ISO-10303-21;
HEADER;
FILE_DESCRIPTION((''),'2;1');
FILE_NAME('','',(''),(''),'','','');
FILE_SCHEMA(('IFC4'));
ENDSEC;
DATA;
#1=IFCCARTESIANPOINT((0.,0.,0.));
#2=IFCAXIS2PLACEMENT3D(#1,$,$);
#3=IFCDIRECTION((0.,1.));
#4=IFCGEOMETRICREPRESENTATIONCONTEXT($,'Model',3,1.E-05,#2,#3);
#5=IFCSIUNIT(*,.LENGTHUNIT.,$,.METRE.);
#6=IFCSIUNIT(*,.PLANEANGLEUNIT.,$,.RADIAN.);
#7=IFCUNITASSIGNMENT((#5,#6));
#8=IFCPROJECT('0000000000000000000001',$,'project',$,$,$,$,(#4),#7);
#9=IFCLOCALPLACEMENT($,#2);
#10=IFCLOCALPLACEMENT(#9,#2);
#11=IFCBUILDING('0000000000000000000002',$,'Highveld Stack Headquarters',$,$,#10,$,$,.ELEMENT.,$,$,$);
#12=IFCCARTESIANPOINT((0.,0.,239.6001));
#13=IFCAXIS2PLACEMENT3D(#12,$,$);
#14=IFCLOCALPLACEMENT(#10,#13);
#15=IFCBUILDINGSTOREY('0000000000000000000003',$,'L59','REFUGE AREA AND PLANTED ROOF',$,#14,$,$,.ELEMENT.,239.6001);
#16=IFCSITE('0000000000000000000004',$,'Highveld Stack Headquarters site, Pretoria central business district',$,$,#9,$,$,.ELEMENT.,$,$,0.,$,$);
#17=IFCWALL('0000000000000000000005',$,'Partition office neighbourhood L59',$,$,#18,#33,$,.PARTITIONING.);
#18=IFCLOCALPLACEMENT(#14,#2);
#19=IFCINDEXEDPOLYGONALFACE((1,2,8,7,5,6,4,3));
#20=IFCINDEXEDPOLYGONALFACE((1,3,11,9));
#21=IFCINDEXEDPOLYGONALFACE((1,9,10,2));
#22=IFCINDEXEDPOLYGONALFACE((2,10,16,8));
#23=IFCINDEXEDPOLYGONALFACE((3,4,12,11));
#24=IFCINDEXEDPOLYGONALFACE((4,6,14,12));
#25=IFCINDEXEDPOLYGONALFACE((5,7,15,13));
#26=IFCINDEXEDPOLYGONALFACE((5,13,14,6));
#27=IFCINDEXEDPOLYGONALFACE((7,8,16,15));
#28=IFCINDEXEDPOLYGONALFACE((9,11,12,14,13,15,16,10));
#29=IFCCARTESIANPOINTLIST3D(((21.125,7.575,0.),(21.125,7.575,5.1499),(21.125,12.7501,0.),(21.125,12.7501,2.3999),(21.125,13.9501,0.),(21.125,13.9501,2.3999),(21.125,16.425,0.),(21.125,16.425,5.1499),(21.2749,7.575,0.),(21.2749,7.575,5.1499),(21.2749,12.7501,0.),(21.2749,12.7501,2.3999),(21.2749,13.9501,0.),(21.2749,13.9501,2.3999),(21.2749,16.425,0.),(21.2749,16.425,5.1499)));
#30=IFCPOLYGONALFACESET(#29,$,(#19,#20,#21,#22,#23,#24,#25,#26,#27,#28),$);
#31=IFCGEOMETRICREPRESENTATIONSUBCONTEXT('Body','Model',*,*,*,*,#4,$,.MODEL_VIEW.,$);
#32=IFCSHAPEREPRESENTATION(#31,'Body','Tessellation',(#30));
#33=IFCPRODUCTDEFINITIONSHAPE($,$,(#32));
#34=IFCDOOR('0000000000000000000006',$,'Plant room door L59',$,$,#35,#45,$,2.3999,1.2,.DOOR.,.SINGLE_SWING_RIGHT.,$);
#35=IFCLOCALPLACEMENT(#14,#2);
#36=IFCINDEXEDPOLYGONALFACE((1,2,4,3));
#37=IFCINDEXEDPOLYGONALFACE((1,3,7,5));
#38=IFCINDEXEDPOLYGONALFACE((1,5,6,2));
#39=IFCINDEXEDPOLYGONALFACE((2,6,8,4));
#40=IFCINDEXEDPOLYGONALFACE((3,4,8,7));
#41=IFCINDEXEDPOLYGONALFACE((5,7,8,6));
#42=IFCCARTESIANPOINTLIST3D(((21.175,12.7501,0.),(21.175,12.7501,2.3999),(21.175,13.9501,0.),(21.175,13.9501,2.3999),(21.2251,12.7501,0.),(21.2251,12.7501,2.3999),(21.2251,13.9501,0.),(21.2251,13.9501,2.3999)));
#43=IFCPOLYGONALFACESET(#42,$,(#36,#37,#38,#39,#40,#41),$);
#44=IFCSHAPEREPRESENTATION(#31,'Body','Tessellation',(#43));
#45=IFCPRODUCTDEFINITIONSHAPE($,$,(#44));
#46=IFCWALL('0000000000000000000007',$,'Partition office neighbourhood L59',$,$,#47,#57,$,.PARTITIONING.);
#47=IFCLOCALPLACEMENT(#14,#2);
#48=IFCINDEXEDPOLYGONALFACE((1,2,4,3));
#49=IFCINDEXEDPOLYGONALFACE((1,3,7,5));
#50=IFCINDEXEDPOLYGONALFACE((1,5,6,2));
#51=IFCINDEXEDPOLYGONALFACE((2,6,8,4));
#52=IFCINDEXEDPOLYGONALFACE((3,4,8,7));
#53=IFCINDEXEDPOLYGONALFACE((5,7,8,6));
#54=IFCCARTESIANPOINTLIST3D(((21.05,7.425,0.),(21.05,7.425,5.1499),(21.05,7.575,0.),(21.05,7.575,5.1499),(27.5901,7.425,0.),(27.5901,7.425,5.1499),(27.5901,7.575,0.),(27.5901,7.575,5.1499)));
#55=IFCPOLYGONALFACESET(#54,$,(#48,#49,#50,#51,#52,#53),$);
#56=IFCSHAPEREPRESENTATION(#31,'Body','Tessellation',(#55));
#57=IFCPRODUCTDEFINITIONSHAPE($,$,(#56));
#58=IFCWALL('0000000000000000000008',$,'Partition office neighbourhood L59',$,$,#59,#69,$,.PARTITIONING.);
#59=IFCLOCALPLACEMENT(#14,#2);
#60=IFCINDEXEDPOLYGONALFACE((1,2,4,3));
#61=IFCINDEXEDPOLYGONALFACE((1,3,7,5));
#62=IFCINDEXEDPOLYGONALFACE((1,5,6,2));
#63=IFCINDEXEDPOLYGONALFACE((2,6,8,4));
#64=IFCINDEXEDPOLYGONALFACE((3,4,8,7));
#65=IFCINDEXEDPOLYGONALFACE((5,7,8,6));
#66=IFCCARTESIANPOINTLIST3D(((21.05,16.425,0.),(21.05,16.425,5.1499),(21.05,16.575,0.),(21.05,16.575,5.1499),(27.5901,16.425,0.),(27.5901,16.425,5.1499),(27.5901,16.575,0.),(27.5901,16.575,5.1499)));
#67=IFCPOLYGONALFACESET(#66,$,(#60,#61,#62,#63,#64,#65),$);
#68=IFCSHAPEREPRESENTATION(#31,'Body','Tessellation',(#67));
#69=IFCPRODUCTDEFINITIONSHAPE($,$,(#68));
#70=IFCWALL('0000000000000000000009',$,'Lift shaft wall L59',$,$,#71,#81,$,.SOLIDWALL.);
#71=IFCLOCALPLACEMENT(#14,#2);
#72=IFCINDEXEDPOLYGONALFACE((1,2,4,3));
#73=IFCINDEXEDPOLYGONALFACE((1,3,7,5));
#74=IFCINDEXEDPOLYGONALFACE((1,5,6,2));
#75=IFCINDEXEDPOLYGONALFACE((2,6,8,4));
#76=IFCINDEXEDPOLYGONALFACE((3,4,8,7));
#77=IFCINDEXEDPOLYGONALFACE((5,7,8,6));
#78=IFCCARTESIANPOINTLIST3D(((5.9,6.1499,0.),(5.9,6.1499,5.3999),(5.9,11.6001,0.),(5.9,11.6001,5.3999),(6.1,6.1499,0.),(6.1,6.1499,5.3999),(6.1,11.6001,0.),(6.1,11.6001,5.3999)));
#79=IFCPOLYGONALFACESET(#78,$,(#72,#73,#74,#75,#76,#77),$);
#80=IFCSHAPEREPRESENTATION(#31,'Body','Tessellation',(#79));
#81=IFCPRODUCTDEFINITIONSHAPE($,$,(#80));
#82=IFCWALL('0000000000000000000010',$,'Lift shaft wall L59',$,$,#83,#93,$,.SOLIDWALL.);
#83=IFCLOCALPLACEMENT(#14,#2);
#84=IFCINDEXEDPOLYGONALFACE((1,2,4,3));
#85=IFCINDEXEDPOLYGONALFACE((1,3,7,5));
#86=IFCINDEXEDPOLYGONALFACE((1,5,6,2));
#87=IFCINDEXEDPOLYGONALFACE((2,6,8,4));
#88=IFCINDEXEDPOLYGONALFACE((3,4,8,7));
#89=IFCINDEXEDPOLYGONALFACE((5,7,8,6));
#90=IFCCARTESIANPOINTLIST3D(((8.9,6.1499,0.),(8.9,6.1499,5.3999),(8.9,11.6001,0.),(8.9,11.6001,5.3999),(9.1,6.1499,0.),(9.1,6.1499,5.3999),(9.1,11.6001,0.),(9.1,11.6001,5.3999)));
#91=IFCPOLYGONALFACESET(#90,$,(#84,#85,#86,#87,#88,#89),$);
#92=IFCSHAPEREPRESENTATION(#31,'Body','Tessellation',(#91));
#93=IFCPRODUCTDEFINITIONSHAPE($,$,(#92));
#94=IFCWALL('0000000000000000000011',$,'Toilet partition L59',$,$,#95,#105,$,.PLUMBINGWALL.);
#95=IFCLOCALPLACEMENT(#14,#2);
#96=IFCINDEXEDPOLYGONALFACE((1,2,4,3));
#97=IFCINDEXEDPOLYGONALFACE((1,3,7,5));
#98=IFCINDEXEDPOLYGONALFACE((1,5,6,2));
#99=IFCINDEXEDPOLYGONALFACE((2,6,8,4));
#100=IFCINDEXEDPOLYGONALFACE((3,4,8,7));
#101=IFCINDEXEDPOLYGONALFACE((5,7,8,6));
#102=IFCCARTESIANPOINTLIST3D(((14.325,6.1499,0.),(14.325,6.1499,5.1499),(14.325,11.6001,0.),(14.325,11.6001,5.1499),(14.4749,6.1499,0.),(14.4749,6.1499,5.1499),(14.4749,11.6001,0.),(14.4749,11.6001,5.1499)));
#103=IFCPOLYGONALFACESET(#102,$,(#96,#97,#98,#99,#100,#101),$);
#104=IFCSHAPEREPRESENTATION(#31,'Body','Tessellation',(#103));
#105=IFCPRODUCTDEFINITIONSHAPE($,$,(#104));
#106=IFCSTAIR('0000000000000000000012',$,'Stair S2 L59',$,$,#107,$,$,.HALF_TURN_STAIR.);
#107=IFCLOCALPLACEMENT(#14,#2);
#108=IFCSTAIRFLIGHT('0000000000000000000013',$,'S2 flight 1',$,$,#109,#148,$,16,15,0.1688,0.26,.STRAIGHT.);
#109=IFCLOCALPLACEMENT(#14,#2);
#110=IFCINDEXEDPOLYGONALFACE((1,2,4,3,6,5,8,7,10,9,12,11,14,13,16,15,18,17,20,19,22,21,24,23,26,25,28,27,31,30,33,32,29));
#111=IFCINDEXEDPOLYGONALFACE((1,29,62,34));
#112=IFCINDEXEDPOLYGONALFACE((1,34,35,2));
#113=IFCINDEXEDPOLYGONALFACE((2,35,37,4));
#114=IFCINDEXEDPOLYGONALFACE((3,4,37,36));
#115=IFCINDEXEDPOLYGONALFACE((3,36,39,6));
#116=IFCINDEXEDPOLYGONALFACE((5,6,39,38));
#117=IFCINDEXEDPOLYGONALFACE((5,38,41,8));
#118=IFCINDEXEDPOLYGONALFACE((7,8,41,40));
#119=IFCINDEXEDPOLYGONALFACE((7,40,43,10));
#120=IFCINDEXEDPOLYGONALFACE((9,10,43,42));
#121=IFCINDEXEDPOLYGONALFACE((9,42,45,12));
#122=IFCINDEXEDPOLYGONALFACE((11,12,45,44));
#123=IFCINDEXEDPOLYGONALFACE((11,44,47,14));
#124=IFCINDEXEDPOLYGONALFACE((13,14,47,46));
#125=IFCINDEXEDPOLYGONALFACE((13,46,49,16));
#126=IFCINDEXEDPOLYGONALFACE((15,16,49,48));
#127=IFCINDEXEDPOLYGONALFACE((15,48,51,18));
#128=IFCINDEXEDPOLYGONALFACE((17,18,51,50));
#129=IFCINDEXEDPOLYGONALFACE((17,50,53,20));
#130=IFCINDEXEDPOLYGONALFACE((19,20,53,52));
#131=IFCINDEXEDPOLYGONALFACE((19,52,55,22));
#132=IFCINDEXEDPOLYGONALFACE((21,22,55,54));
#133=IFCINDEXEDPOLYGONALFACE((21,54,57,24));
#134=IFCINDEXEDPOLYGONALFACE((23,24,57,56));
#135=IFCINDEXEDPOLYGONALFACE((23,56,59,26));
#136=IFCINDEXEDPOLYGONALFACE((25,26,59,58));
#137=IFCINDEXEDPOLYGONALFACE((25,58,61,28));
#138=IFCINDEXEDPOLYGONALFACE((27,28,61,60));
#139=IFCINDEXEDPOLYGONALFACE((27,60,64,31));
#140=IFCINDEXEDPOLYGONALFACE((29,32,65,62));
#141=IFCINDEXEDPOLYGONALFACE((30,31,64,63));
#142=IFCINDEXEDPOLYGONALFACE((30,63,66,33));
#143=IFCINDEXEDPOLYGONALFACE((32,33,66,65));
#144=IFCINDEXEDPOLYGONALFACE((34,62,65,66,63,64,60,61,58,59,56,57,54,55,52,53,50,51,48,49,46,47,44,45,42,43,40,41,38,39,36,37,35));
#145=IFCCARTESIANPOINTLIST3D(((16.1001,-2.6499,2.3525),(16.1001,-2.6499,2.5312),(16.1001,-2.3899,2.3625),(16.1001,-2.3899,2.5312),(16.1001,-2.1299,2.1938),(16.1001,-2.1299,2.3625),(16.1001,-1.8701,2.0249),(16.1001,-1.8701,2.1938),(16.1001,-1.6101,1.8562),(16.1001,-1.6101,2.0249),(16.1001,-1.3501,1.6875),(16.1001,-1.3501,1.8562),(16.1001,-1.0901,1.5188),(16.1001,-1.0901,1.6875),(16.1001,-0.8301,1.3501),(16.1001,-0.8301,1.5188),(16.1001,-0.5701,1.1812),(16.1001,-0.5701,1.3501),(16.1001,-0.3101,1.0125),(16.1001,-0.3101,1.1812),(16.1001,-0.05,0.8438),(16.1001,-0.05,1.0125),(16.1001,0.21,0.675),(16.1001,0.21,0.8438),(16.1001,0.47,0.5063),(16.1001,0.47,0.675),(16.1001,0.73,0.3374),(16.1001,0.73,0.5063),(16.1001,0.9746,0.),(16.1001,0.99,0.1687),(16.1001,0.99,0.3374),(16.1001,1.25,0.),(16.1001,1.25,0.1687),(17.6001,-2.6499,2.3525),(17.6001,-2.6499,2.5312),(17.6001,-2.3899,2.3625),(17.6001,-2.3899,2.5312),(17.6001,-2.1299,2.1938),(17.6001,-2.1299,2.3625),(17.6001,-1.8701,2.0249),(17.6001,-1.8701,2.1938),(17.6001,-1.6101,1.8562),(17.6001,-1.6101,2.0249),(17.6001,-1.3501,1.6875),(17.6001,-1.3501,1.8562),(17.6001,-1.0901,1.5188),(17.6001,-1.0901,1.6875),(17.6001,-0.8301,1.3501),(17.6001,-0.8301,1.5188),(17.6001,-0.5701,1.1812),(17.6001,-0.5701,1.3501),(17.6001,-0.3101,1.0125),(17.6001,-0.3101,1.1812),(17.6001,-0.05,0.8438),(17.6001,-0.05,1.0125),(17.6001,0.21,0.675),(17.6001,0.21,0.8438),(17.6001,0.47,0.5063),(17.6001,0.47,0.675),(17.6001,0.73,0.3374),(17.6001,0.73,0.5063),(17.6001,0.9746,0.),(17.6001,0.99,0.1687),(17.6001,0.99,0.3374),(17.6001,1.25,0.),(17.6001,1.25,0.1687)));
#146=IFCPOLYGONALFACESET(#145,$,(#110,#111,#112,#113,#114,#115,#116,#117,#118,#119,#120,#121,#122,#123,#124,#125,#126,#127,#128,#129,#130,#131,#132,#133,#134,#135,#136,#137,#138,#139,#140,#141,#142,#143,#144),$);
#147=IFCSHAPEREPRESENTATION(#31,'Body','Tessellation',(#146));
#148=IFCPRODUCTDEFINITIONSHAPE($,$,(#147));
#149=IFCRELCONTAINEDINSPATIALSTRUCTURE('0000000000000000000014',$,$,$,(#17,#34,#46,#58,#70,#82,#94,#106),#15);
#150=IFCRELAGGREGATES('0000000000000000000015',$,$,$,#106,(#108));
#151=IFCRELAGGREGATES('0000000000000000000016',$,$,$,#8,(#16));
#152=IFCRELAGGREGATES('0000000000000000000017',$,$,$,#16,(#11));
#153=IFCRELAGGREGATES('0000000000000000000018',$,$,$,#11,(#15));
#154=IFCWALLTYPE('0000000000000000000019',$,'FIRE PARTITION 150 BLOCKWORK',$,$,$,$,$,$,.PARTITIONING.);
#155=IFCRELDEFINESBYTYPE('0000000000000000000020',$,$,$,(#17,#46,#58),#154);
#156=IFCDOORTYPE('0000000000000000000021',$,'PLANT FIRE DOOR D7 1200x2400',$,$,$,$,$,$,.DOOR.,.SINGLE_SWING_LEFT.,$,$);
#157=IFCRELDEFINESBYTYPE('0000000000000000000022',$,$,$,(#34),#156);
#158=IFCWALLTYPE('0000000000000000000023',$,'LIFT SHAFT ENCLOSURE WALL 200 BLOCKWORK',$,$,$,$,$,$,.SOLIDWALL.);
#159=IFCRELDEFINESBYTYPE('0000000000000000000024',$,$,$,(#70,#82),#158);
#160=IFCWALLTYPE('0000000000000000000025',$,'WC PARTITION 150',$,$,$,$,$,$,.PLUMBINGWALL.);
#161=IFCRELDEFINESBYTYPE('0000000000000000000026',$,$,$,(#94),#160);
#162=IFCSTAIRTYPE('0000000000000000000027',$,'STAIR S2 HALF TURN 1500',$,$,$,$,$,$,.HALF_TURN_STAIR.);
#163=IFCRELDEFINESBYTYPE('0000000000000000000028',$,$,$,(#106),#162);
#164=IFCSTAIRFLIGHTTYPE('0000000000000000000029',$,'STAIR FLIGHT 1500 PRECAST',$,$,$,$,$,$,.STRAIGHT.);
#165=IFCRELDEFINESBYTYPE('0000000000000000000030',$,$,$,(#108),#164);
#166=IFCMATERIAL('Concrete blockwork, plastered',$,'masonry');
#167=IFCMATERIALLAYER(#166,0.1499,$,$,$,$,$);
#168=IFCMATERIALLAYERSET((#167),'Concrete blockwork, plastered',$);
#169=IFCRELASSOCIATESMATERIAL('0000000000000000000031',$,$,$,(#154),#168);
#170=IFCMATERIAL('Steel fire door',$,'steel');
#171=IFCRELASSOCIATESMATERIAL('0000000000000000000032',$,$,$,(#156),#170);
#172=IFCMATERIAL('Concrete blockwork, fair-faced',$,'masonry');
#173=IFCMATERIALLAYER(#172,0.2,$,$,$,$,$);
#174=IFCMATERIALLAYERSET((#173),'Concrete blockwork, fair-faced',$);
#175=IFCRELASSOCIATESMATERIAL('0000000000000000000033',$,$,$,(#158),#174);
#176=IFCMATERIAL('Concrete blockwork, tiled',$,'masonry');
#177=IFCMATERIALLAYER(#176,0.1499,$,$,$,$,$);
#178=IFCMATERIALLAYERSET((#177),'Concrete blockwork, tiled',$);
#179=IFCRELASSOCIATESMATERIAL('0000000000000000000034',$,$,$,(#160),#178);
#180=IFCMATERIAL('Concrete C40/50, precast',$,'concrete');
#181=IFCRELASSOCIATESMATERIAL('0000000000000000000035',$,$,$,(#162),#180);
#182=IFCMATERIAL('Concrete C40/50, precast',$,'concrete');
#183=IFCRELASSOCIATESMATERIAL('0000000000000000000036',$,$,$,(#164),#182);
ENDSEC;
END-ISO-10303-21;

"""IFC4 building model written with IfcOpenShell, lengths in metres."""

from ifc_helpers import new_model, si_unit, direction, frame, frame_2d, origin, place, context, subcontext, project, spatial, polyline, rectangle, outline, extrude, material, layer, layer_set, type_object, element, fill, aggregate, save


model = new_model("IFC4")

# Units and contexts
model_context = context("Model", 3, precision=1e-05, world=origin(), true_north=direction((0.0, 1.0)))
body_context = subcontext(model_context, "Body", "Model", "MODEL_VIEW")
ifc_project = project(units=[si_unit("LENGTHUNIT", "METRE"), si_unit("PLANEANGLEUNIT", "RADIAN")], contexts=[model_context])

# Site, building, storey
site_placement = place(None, origin())
site = spatial("IfcSite", under=ifc_project, at=site_placement, Name="Highveld Stack Headquarters site, Pretoria central business district", CompositionType="ELEMENT", RefElevation=0.0)
building_placement = place(site_placement, origin())
building = spatial("IfcBuilding", under=site, at=building_placement, Name="Highveld Stack Headquarters", CompositionType="ELEMENT")
storey_placement = place(building_placement, frame((0.0, 0.0, 239.6001)))
storey = spatial("IfcBuildingStorey", under=building, at=storey_placement, Name="L59", Description="REFUGE AREA AND PLANTED ROOF", CompositionType="ELEMENT", Elevation=239.6001)

# Wall, opening, door
ifc_material_1 = material(Name="Concrete blockwork, plastered", Category="masonry")
ifc_layer_1 = layer(ifc_material_1, 0.1499)
ifc_layer_set_1 = layer_set([ifc_layer_1], Name="Concrete blockwork, plastered")
wall_type_1 = type_object("IfcWallType", Name="FIRE PARTITION 150 BLOCKWORK", PredefinedType="PARTITIONING", material=ifc_layer_set_1)
ifc_material_2 = material(Name="Steel fire door", Category="steel")
door_type_1 = type_object("IfcDoorType", Name="PLANT FIRE DOOR D7 1200x2400", OperationType="SINGLE_SWING_LEFT", PredefinedType="DOOR", material=ifc_material_2)
wall_1_placement = place(storey_placement, frame((21.2, 7.575, 0.0), z_axis=(0.0, 0.0, 1.0), x_axis=(0.0, 1.0, 0.0)))
wall_1 = element("IfcWall", 1, at=wall_1_placement, inside=storey, type_object=wall_type_1, Name="Partition office neighbourhood L59", PredefinedType="PARTITIONING", context=body_context, shape_type="SweptSolid", body=[
    extrude(rectangle(XDim=8.8501, YDim=0.1499, at=frame_2d((4.425, 0.0))), origin(), (0.0, 0.0, 1.0), 5.1499),
])
opening_1_placement = place(wall_1_placement, frame((5.175, 0.0, 0.0)))
opening_1 = element("IfcOpeningElement", 2, at=opening_1_placement, cuts=wall_1, PredefinedType="OPENING", context=body_context, shape_type="SweptSolid", body=[
    extrude(rectangle(XDim=1.2, YDim=2.3999, at=frame_2d((0.6001, 1.2))), frame((0.0, 0.085, 0.0), z_axis=(0.0, -1.0, 0.0), x_axis=(1.0, 0.0, 0.0)), (0.0, 0.0, 1.0), 0.1699),
])
door_1_placement = place(opening_1_placement, origin())
door_1 = element("IfcDoor", 3, at=door_1_placement, inside=storey, type_object=door_type_1, Name="Plant room door L59", OperationType="SINGLE_SWING_RIGHT", OverallHeight=2.3999, OverallWidth=1.2, PredefinedType="DOOR", context=body_context, shape_type="SweptSolid", body=[
    extrude(rectangle(XDim=1.2, YDim=2.3999, at=frame_2d((0.6001, 1.2))), frame((0.0, 0.0249, 0.0), z_axis=(0.0, -1.0, 0.0), x_axis=(1.0, 0.0, 0.0)), (0.0, 0.0, 1.0), 0.05),
])
fill(opening_1, door_1)

# Walls
for number, where, z_axis, x_axis, name in (
    (4, (21.05, 7.5, 0.0), (0.0, 0.0, 1.0), (1.0, 0.0, 0.0), "Partition office neighbourhood L59"),
    (5, (21.05, 16.5, 0.0), (0.0, 0.0, 1.0), (1.0, 0.0, 0.0), "Partition office neighbourhood L59"),
):
    element("IfcWall", number, at=place(storey_placement, frame(where, z_axis=z_axis, x_axis=x_axis)), inside=storey, type_object=wall_type_1, Name=name, PredefinedType="PARTITIONING", context=body_context, shape_type="SweptSolid", body=[
        extrude(rectangle(XDim=6.54, YDim=0.1499, at=frame_2d((3.27, 0.0))), origin(), (0.0, 0.0, 1.0), 5.1499),
    ])
ifc_material_3 = material(Name="Concrete blockwork, fair-faced", Category="masonry")
ifc_layer_2 = layer(ifc_material_3, 0.2)
ifc_layer_set_2 = layer_set([ifc_layer_2], Name="Concrete blockwork, fair-faced")
wall_type_2 = type_object("IfcWallType", Name="LIFT SHAFT ENCLOSURE WALL 200 BLOCKWORK", PredefinedType="SOLIDWALL", material=ifc_layer_set_2)
for number, where, z_axis, x_axis, name in (
    (6, (6.0, 6.1499, 0.0), (0.0, 0.0, 1.0), (0.0, 1.0, 0.0), "Lift shaft wall L59"),
    (7, (9.0, 6.1499, 0.0), (0.0, 0.0, 1.0), (0.0, 1.0, 0.0), "Lift shaft wall L59"),
):
    element("IfcWall", number, at=place(storey_placement, frame(where, z_axis=z_axis, x_axis=x_axis)), inside=storey, type_object=wall_type_2, Name=name, PredefinedType="SOLIDWALL", context=body_context, shape_type="SweptSolid", body=[
        extrude(rectangle(XDim=5.4502, YDim=0.2, at=frame_2d((2.7251, 0.0))), origin(), (0.0, 0.0, 1.0), 5.3999),
    ])
ifc_material_4 = material(Name="Concrete blockwork, tiled", Category="masonry")
ifc_layer_3 = layer(ifc_material_4, 0.1499)
ifc_layer_set_3 = layer_set([ifc_layer_3], Name="Concrete blockwork, tiled")
wall_type_3 = type_object("IfcWallType", Name="WC PARTITION 150", PredefinedType="PLUMBINGWALL", material=ifc_layer_set_3)
wall_2_placement = place(storey_placement, frame((14.3999, 6.1499, 0.0), z_axis=(0.0, 0.0, 1.0), x_axis=(0.0, 1.0, 0.0)))
element("IfcWall", 8, at=wall_2_placement, inside=storey, type_object=wall_type_3, Name="Toilet partition L59", PredefinedType="PLUMBINGWALL", context=body_context, shape_type="SweptSolid", body=[
    extrude(rectangle(XDim=5.4502, YDim=0.1499, at=frame_2d((2.7251, 0.0))), origin(), (0.0, 0.0, 1.0), 5.1499),
])

# Stair, stair flight
ifc_material_5 = material(Name="Concrete C40/50, precast", Category="concrete")
stair_type = type_object("IfcStairType", Name="STAIR S2 HALF TURN 1500", PredefinedType="HALF_TURN_STAIR", material=ifc_material_5)
stair_placement = place(storey_placement, origin())
stair = element("IfcStair", 9, at=stair_placement, inside=storey, type_object=stair_type, Name="Stair S2 L59", PredefinedType="HALF_TURN_STAIR")
ifc_material_6 = material(Name="Concrete C40/50, precast", Category="concrete")
stair_flight_type = type_object("IfcStairFlightType", Name="STAIR FLIGHT 1500 PRECAST", PredefinedType="STRAIGHT", material=ifc_material_6)
stair_flight_placement = place(storey_placement, frame((16.8501, 1.25, 0.0), z_axis=(0.0, 0.0, 1.0), x_axis=(0.0, -1.0, 0.0)))
stair_flight = element("IfcStairFlight", 10, at=stair_flight_placement, type_object=stair_flight_type, Name="S2 flight 1", NumberOfRisers=16, NumberOfTreads=15, PredefinedType="STRAIGHT", RiserHeight=0.1688, TreadLength=0.26, context=body_context, shape_type="SweptSolid", body=[
    extrude(outline(polyline([(0.0, 0.0), (0.0, 0.1687), (0.26, 0.1687), (0.26, 0.3374), (0.52, 0.3374), (0.52, 0.5063), (0.78, 0.5063), (0.78, 0.675), (1.04, 0.675), (1.04, 0.8438), (1.3, 0.8438), (1.3, 1.0125), (1.5601, 1.0125), (1.5601, 1.1812), (1.8201, 1.1812), (1.8201, 1.3501), (2.0801, 1.3501), (2.0801, 1.5188), (2.3401, 1.5188), (2.3401, 1.6875), (2.6001, 1.6875), (2.6001, 1.8562), (2.8601, 1.8562), (2.8601, 2.0249), (3.1201, 2.0249), (3.1201, 2.1938), (3.3799, 2.1938), (3.3799, 2.3625), (3.6399, 2.3625), (3.6399, 2.5312), (3.8999, 2.5312), (3.8999, 2.7), (3.8999, 2.3525), (0.2754, 0.0), (0.0, 0.0)])), frame((0.0, 0.75, 0.0), z_axis=(0.0, -1.0, 0.0), x_axis=(1.0, 0.0, 0.0)), (0.0, 0.0, 1.0), 1.5),
])
aggregate(stair, [stair_flight])

save(model, "model.ifc")
